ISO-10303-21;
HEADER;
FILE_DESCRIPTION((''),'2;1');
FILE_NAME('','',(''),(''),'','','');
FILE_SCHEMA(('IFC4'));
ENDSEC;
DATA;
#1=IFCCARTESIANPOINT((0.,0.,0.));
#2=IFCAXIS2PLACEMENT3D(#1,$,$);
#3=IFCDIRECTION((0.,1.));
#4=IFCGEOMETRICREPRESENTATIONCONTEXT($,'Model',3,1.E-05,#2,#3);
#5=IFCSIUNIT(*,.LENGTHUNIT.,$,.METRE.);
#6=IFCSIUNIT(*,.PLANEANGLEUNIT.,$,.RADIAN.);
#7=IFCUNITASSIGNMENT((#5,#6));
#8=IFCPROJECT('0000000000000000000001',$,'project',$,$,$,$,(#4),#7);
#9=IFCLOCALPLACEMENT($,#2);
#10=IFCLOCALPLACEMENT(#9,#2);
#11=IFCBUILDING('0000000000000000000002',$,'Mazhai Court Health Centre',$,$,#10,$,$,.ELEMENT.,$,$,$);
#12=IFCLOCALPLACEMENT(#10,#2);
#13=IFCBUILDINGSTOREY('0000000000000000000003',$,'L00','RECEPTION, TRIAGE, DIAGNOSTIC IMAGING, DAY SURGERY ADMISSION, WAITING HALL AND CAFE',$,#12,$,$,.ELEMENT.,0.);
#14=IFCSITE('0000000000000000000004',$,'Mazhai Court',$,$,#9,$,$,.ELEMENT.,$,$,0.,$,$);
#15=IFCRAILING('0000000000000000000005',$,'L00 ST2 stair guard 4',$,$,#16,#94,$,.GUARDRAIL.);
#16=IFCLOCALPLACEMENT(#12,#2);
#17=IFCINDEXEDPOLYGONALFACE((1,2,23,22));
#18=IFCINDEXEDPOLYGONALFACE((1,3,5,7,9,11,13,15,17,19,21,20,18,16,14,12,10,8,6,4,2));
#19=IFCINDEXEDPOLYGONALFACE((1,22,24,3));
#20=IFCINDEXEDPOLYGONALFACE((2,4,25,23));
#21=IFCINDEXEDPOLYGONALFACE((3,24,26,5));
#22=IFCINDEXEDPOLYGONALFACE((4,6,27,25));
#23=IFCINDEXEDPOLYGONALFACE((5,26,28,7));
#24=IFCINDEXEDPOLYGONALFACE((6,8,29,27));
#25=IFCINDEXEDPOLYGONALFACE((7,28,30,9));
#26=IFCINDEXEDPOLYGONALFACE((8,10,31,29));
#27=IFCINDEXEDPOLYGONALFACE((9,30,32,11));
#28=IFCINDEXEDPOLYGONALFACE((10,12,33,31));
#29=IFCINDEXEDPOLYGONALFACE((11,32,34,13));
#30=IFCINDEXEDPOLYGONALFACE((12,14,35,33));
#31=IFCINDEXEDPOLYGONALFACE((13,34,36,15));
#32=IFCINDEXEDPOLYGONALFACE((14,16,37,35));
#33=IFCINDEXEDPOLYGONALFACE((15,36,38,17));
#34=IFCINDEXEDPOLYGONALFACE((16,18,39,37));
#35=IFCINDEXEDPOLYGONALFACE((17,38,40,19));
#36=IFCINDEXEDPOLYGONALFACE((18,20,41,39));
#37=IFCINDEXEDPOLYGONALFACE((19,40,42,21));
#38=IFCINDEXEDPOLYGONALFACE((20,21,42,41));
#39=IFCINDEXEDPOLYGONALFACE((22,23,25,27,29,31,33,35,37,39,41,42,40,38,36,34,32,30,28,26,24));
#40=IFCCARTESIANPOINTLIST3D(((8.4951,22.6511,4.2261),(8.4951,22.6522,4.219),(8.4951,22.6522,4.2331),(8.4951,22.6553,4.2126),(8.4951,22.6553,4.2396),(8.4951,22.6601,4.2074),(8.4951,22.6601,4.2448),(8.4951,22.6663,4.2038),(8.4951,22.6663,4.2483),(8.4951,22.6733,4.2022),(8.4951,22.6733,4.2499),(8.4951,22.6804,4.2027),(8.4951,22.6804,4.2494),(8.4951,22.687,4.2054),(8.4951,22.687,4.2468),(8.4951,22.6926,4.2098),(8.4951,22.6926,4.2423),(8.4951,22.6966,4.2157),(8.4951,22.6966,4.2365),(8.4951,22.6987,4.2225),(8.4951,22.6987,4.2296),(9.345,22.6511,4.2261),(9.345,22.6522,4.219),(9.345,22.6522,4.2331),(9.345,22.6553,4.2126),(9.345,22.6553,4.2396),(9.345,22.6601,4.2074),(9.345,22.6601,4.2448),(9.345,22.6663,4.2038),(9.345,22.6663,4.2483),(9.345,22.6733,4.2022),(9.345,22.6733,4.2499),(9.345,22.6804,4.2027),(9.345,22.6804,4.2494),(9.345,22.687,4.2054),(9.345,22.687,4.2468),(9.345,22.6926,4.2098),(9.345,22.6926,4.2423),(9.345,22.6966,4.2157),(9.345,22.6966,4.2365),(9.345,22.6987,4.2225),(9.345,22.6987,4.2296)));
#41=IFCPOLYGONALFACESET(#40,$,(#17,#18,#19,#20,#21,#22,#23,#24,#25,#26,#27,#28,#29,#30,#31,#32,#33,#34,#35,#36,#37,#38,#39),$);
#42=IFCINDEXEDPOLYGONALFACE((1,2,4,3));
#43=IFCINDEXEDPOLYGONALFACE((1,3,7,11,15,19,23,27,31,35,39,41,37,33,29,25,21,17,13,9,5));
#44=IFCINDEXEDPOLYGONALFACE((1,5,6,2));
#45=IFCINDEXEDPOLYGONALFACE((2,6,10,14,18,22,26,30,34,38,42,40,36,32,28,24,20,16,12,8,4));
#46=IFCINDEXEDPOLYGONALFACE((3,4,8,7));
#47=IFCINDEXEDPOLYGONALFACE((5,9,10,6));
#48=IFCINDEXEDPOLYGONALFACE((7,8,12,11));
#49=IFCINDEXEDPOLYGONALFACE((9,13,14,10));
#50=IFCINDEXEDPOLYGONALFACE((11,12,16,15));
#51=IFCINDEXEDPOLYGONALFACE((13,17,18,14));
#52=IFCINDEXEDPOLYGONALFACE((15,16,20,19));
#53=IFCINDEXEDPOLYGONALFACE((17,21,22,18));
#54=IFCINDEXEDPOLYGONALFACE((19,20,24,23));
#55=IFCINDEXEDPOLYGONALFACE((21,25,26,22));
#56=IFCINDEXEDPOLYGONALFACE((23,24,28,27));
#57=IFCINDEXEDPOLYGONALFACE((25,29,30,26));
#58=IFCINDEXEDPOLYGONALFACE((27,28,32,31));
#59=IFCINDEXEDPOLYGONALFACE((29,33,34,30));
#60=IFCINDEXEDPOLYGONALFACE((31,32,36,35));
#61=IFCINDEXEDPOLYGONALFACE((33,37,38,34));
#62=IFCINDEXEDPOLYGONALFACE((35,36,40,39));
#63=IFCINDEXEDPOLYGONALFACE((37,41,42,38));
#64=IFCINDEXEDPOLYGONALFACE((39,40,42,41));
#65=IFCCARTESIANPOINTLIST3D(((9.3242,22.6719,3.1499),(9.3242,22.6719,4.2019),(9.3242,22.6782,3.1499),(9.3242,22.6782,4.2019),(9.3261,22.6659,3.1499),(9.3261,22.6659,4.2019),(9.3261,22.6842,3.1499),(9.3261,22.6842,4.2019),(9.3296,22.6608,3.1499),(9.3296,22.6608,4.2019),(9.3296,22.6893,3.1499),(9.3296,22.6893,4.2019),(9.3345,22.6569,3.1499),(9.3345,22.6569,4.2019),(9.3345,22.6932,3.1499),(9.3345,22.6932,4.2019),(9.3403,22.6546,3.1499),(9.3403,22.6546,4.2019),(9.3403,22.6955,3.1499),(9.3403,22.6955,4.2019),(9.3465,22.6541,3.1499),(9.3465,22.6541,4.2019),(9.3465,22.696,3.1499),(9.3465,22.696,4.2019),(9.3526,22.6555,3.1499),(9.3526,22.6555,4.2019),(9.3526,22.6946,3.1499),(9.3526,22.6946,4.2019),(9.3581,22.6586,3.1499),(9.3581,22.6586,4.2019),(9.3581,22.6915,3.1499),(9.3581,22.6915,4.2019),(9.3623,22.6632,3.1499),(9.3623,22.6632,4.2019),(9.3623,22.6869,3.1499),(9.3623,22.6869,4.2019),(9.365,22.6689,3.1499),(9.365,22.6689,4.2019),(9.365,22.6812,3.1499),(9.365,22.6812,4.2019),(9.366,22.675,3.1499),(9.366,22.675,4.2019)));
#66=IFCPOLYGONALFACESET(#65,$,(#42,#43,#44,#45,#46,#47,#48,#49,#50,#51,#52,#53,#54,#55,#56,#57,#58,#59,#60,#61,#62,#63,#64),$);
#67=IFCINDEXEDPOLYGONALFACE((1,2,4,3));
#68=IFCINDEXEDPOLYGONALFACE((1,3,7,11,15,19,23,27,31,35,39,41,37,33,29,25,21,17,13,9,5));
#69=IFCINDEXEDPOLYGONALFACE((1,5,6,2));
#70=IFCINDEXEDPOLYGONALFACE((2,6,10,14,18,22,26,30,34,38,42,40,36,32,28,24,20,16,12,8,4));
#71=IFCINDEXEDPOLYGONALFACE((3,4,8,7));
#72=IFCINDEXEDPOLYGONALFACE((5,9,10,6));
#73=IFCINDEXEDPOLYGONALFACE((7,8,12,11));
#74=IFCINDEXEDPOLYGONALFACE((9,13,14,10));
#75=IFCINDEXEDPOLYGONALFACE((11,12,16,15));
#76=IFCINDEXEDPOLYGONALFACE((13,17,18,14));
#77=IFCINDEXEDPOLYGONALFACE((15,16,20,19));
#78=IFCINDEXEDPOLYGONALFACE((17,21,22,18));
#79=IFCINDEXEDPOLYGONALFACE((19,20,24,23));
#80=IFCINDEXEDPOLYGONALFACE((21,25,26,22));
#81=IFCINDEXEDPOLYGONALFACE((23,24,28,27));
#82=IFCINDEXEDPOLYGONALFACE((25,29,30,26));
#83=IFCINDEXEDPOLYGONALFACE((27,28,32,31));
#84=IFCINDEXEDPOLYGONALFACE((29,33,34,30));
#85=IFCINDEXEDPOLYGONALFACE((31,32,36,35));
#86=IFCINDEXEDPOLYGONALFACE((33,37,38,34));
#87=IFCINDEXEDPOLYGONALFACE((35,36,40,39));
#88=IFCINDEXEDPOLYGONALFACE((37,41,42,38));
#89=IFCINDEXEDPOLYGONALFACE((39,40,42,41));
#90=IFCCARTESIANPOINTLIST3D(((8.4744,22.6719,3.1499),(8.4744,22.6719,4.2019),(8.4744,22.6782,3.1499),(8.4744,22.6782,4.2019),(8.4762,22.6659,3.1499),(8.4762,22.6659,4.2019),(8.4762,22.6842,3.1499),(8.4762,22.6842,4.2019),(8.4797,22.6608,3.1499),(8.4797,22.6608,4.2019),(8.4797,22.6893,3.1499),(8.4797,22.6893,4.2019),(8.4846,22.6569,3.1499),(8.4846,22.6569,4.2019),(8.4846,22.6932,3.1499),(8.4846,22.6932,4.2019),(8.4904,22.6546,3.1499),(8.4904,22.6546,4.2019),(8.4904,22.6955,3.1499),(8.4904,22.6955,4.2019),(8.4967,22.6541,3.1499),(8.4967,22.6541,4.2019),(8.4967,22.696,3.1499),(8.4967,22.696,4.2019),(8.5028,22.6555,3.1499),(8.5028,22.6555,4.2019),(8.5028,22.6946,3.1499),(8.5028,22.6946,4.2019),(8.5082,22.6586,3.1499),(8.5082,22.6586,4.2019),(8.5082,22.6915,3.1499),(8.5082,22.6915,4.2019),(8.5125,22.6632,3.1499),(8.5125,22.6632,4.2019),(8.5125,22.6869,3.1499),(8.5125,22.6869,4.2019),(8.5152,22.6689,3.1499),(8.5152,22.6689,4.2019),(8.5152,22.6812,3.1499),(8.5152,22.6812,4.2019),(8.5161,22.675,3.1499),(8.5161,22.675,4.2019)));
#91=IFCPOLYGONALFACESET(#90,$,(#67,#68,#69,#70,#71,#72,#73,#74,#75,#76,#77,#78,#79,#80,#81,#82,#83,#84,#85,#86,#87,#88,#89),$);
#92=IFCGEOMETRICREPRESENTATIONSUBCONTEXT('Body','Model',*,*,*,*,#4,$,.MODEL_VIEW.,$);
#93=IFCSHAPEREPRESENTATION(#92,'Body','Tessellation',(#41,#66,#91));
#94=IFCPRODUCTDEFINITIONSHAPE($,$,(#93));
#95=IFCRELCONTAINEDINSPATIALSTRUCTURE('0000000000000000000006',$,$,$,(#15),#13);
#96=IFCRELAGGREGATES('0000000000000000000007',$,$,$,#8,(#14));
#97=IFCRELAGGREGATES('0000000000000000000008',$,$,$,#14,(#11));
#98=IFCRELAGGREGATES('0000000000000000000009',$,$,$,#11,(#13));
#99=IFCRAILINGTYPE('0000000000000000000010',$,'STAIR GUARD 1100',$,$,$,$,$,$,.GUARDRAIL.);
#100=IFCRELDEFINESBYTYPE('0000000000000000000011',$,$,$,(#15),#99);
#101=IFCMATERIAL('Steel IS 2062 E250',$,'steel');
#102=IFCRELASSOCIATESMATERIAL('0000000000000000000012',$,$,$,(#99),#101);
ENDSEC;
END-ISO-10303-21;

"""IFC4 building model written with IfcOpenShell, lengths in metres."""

from ifc_helpers import new_model, si_unit, direction, frame, origin, origin_2d, place, context, subcontext, project, spatial, circle, extrude, material, type_object, element, save


model = new_model("IFC4")

# Units and contexts
model_context = context("Model", 3, precision=1e-05, world=origin(), true_north=direction((0.0, 1.0)))
body_context = subcontext(model_context, "Body", "Model", "MODEL_VIEW")
ifc_project = project(units=[si_unit("LENGTHUNIT", "METRE"), si_unit("PLANEANGLEUNIT", "RADIAN")], contexts=[model_context])

# Site, building, storey
site_placement = place(None, origin())
site = spatial("IfcSite", under=ifc_project, at=site_placement, Name="Mazhai Court", CompositionType="ELEMENT", RefElevation=0.0)
building_placement = place(site_placement, origin())
building = spatial("IfcBuilding", under=site, at=building_placement, Name="Mazhai Court Health Centre", CompositionType="ELEMENT")
storey_placement = place(building_placement, origin())
storey = spatial("IfcBuildingStorey", under=building, at=storey_placement, Name="L00", Description="RECEPTION, TRIAGE, DIAGNOSTIC IMAGING, DAY SURGERY ADMISSION, WAITING HALL AND CAFE", CompositionType="ELEMENT", Elevation=0.0)

# Railing
ifc_material_1 = material(Name="Steel IS 2062 E250", Category="steel")
railing_type_1 = type_object("IfcRailingType", Name="STAIR GUARD 1100", PredefinedType="GUARDRAIL", material=ifc_material_1)
for number, where, name in (
    (1, (9.345, 22.675, 3.1499), "L00 ST2 stair guard 4"),
):
    element("IfcRailing", number, at=place(storey_placement, frame(where)), inside=storey, type_object=railing_type_1, Name=name, PredefinedType="GUARDRAIL", context=body_context, shape_type="SweptSolid", body=[
        extrude(circle(Radius=0.0239, at=origin_2d()), frame((0.0, 0.0, 1.0762), z_axis=(-1.0, 0.0, 0.0), x_axis=(0.0, -1.0, 0.0)), (0.0, 0.0, 1.0), 0.8499),
        extrude(circle(Radius=0.021, at=origin_2d()), origin(), (0.0, 0.0, 1.0), 1.052),
        extrude(circle(Radius=0.021, at=origin_2d()), frame((-0.8499, 0.0, 0.0)), (0.0, 0.0, 1.0), 1.052),
    ])

save(model, "model.ifc")
